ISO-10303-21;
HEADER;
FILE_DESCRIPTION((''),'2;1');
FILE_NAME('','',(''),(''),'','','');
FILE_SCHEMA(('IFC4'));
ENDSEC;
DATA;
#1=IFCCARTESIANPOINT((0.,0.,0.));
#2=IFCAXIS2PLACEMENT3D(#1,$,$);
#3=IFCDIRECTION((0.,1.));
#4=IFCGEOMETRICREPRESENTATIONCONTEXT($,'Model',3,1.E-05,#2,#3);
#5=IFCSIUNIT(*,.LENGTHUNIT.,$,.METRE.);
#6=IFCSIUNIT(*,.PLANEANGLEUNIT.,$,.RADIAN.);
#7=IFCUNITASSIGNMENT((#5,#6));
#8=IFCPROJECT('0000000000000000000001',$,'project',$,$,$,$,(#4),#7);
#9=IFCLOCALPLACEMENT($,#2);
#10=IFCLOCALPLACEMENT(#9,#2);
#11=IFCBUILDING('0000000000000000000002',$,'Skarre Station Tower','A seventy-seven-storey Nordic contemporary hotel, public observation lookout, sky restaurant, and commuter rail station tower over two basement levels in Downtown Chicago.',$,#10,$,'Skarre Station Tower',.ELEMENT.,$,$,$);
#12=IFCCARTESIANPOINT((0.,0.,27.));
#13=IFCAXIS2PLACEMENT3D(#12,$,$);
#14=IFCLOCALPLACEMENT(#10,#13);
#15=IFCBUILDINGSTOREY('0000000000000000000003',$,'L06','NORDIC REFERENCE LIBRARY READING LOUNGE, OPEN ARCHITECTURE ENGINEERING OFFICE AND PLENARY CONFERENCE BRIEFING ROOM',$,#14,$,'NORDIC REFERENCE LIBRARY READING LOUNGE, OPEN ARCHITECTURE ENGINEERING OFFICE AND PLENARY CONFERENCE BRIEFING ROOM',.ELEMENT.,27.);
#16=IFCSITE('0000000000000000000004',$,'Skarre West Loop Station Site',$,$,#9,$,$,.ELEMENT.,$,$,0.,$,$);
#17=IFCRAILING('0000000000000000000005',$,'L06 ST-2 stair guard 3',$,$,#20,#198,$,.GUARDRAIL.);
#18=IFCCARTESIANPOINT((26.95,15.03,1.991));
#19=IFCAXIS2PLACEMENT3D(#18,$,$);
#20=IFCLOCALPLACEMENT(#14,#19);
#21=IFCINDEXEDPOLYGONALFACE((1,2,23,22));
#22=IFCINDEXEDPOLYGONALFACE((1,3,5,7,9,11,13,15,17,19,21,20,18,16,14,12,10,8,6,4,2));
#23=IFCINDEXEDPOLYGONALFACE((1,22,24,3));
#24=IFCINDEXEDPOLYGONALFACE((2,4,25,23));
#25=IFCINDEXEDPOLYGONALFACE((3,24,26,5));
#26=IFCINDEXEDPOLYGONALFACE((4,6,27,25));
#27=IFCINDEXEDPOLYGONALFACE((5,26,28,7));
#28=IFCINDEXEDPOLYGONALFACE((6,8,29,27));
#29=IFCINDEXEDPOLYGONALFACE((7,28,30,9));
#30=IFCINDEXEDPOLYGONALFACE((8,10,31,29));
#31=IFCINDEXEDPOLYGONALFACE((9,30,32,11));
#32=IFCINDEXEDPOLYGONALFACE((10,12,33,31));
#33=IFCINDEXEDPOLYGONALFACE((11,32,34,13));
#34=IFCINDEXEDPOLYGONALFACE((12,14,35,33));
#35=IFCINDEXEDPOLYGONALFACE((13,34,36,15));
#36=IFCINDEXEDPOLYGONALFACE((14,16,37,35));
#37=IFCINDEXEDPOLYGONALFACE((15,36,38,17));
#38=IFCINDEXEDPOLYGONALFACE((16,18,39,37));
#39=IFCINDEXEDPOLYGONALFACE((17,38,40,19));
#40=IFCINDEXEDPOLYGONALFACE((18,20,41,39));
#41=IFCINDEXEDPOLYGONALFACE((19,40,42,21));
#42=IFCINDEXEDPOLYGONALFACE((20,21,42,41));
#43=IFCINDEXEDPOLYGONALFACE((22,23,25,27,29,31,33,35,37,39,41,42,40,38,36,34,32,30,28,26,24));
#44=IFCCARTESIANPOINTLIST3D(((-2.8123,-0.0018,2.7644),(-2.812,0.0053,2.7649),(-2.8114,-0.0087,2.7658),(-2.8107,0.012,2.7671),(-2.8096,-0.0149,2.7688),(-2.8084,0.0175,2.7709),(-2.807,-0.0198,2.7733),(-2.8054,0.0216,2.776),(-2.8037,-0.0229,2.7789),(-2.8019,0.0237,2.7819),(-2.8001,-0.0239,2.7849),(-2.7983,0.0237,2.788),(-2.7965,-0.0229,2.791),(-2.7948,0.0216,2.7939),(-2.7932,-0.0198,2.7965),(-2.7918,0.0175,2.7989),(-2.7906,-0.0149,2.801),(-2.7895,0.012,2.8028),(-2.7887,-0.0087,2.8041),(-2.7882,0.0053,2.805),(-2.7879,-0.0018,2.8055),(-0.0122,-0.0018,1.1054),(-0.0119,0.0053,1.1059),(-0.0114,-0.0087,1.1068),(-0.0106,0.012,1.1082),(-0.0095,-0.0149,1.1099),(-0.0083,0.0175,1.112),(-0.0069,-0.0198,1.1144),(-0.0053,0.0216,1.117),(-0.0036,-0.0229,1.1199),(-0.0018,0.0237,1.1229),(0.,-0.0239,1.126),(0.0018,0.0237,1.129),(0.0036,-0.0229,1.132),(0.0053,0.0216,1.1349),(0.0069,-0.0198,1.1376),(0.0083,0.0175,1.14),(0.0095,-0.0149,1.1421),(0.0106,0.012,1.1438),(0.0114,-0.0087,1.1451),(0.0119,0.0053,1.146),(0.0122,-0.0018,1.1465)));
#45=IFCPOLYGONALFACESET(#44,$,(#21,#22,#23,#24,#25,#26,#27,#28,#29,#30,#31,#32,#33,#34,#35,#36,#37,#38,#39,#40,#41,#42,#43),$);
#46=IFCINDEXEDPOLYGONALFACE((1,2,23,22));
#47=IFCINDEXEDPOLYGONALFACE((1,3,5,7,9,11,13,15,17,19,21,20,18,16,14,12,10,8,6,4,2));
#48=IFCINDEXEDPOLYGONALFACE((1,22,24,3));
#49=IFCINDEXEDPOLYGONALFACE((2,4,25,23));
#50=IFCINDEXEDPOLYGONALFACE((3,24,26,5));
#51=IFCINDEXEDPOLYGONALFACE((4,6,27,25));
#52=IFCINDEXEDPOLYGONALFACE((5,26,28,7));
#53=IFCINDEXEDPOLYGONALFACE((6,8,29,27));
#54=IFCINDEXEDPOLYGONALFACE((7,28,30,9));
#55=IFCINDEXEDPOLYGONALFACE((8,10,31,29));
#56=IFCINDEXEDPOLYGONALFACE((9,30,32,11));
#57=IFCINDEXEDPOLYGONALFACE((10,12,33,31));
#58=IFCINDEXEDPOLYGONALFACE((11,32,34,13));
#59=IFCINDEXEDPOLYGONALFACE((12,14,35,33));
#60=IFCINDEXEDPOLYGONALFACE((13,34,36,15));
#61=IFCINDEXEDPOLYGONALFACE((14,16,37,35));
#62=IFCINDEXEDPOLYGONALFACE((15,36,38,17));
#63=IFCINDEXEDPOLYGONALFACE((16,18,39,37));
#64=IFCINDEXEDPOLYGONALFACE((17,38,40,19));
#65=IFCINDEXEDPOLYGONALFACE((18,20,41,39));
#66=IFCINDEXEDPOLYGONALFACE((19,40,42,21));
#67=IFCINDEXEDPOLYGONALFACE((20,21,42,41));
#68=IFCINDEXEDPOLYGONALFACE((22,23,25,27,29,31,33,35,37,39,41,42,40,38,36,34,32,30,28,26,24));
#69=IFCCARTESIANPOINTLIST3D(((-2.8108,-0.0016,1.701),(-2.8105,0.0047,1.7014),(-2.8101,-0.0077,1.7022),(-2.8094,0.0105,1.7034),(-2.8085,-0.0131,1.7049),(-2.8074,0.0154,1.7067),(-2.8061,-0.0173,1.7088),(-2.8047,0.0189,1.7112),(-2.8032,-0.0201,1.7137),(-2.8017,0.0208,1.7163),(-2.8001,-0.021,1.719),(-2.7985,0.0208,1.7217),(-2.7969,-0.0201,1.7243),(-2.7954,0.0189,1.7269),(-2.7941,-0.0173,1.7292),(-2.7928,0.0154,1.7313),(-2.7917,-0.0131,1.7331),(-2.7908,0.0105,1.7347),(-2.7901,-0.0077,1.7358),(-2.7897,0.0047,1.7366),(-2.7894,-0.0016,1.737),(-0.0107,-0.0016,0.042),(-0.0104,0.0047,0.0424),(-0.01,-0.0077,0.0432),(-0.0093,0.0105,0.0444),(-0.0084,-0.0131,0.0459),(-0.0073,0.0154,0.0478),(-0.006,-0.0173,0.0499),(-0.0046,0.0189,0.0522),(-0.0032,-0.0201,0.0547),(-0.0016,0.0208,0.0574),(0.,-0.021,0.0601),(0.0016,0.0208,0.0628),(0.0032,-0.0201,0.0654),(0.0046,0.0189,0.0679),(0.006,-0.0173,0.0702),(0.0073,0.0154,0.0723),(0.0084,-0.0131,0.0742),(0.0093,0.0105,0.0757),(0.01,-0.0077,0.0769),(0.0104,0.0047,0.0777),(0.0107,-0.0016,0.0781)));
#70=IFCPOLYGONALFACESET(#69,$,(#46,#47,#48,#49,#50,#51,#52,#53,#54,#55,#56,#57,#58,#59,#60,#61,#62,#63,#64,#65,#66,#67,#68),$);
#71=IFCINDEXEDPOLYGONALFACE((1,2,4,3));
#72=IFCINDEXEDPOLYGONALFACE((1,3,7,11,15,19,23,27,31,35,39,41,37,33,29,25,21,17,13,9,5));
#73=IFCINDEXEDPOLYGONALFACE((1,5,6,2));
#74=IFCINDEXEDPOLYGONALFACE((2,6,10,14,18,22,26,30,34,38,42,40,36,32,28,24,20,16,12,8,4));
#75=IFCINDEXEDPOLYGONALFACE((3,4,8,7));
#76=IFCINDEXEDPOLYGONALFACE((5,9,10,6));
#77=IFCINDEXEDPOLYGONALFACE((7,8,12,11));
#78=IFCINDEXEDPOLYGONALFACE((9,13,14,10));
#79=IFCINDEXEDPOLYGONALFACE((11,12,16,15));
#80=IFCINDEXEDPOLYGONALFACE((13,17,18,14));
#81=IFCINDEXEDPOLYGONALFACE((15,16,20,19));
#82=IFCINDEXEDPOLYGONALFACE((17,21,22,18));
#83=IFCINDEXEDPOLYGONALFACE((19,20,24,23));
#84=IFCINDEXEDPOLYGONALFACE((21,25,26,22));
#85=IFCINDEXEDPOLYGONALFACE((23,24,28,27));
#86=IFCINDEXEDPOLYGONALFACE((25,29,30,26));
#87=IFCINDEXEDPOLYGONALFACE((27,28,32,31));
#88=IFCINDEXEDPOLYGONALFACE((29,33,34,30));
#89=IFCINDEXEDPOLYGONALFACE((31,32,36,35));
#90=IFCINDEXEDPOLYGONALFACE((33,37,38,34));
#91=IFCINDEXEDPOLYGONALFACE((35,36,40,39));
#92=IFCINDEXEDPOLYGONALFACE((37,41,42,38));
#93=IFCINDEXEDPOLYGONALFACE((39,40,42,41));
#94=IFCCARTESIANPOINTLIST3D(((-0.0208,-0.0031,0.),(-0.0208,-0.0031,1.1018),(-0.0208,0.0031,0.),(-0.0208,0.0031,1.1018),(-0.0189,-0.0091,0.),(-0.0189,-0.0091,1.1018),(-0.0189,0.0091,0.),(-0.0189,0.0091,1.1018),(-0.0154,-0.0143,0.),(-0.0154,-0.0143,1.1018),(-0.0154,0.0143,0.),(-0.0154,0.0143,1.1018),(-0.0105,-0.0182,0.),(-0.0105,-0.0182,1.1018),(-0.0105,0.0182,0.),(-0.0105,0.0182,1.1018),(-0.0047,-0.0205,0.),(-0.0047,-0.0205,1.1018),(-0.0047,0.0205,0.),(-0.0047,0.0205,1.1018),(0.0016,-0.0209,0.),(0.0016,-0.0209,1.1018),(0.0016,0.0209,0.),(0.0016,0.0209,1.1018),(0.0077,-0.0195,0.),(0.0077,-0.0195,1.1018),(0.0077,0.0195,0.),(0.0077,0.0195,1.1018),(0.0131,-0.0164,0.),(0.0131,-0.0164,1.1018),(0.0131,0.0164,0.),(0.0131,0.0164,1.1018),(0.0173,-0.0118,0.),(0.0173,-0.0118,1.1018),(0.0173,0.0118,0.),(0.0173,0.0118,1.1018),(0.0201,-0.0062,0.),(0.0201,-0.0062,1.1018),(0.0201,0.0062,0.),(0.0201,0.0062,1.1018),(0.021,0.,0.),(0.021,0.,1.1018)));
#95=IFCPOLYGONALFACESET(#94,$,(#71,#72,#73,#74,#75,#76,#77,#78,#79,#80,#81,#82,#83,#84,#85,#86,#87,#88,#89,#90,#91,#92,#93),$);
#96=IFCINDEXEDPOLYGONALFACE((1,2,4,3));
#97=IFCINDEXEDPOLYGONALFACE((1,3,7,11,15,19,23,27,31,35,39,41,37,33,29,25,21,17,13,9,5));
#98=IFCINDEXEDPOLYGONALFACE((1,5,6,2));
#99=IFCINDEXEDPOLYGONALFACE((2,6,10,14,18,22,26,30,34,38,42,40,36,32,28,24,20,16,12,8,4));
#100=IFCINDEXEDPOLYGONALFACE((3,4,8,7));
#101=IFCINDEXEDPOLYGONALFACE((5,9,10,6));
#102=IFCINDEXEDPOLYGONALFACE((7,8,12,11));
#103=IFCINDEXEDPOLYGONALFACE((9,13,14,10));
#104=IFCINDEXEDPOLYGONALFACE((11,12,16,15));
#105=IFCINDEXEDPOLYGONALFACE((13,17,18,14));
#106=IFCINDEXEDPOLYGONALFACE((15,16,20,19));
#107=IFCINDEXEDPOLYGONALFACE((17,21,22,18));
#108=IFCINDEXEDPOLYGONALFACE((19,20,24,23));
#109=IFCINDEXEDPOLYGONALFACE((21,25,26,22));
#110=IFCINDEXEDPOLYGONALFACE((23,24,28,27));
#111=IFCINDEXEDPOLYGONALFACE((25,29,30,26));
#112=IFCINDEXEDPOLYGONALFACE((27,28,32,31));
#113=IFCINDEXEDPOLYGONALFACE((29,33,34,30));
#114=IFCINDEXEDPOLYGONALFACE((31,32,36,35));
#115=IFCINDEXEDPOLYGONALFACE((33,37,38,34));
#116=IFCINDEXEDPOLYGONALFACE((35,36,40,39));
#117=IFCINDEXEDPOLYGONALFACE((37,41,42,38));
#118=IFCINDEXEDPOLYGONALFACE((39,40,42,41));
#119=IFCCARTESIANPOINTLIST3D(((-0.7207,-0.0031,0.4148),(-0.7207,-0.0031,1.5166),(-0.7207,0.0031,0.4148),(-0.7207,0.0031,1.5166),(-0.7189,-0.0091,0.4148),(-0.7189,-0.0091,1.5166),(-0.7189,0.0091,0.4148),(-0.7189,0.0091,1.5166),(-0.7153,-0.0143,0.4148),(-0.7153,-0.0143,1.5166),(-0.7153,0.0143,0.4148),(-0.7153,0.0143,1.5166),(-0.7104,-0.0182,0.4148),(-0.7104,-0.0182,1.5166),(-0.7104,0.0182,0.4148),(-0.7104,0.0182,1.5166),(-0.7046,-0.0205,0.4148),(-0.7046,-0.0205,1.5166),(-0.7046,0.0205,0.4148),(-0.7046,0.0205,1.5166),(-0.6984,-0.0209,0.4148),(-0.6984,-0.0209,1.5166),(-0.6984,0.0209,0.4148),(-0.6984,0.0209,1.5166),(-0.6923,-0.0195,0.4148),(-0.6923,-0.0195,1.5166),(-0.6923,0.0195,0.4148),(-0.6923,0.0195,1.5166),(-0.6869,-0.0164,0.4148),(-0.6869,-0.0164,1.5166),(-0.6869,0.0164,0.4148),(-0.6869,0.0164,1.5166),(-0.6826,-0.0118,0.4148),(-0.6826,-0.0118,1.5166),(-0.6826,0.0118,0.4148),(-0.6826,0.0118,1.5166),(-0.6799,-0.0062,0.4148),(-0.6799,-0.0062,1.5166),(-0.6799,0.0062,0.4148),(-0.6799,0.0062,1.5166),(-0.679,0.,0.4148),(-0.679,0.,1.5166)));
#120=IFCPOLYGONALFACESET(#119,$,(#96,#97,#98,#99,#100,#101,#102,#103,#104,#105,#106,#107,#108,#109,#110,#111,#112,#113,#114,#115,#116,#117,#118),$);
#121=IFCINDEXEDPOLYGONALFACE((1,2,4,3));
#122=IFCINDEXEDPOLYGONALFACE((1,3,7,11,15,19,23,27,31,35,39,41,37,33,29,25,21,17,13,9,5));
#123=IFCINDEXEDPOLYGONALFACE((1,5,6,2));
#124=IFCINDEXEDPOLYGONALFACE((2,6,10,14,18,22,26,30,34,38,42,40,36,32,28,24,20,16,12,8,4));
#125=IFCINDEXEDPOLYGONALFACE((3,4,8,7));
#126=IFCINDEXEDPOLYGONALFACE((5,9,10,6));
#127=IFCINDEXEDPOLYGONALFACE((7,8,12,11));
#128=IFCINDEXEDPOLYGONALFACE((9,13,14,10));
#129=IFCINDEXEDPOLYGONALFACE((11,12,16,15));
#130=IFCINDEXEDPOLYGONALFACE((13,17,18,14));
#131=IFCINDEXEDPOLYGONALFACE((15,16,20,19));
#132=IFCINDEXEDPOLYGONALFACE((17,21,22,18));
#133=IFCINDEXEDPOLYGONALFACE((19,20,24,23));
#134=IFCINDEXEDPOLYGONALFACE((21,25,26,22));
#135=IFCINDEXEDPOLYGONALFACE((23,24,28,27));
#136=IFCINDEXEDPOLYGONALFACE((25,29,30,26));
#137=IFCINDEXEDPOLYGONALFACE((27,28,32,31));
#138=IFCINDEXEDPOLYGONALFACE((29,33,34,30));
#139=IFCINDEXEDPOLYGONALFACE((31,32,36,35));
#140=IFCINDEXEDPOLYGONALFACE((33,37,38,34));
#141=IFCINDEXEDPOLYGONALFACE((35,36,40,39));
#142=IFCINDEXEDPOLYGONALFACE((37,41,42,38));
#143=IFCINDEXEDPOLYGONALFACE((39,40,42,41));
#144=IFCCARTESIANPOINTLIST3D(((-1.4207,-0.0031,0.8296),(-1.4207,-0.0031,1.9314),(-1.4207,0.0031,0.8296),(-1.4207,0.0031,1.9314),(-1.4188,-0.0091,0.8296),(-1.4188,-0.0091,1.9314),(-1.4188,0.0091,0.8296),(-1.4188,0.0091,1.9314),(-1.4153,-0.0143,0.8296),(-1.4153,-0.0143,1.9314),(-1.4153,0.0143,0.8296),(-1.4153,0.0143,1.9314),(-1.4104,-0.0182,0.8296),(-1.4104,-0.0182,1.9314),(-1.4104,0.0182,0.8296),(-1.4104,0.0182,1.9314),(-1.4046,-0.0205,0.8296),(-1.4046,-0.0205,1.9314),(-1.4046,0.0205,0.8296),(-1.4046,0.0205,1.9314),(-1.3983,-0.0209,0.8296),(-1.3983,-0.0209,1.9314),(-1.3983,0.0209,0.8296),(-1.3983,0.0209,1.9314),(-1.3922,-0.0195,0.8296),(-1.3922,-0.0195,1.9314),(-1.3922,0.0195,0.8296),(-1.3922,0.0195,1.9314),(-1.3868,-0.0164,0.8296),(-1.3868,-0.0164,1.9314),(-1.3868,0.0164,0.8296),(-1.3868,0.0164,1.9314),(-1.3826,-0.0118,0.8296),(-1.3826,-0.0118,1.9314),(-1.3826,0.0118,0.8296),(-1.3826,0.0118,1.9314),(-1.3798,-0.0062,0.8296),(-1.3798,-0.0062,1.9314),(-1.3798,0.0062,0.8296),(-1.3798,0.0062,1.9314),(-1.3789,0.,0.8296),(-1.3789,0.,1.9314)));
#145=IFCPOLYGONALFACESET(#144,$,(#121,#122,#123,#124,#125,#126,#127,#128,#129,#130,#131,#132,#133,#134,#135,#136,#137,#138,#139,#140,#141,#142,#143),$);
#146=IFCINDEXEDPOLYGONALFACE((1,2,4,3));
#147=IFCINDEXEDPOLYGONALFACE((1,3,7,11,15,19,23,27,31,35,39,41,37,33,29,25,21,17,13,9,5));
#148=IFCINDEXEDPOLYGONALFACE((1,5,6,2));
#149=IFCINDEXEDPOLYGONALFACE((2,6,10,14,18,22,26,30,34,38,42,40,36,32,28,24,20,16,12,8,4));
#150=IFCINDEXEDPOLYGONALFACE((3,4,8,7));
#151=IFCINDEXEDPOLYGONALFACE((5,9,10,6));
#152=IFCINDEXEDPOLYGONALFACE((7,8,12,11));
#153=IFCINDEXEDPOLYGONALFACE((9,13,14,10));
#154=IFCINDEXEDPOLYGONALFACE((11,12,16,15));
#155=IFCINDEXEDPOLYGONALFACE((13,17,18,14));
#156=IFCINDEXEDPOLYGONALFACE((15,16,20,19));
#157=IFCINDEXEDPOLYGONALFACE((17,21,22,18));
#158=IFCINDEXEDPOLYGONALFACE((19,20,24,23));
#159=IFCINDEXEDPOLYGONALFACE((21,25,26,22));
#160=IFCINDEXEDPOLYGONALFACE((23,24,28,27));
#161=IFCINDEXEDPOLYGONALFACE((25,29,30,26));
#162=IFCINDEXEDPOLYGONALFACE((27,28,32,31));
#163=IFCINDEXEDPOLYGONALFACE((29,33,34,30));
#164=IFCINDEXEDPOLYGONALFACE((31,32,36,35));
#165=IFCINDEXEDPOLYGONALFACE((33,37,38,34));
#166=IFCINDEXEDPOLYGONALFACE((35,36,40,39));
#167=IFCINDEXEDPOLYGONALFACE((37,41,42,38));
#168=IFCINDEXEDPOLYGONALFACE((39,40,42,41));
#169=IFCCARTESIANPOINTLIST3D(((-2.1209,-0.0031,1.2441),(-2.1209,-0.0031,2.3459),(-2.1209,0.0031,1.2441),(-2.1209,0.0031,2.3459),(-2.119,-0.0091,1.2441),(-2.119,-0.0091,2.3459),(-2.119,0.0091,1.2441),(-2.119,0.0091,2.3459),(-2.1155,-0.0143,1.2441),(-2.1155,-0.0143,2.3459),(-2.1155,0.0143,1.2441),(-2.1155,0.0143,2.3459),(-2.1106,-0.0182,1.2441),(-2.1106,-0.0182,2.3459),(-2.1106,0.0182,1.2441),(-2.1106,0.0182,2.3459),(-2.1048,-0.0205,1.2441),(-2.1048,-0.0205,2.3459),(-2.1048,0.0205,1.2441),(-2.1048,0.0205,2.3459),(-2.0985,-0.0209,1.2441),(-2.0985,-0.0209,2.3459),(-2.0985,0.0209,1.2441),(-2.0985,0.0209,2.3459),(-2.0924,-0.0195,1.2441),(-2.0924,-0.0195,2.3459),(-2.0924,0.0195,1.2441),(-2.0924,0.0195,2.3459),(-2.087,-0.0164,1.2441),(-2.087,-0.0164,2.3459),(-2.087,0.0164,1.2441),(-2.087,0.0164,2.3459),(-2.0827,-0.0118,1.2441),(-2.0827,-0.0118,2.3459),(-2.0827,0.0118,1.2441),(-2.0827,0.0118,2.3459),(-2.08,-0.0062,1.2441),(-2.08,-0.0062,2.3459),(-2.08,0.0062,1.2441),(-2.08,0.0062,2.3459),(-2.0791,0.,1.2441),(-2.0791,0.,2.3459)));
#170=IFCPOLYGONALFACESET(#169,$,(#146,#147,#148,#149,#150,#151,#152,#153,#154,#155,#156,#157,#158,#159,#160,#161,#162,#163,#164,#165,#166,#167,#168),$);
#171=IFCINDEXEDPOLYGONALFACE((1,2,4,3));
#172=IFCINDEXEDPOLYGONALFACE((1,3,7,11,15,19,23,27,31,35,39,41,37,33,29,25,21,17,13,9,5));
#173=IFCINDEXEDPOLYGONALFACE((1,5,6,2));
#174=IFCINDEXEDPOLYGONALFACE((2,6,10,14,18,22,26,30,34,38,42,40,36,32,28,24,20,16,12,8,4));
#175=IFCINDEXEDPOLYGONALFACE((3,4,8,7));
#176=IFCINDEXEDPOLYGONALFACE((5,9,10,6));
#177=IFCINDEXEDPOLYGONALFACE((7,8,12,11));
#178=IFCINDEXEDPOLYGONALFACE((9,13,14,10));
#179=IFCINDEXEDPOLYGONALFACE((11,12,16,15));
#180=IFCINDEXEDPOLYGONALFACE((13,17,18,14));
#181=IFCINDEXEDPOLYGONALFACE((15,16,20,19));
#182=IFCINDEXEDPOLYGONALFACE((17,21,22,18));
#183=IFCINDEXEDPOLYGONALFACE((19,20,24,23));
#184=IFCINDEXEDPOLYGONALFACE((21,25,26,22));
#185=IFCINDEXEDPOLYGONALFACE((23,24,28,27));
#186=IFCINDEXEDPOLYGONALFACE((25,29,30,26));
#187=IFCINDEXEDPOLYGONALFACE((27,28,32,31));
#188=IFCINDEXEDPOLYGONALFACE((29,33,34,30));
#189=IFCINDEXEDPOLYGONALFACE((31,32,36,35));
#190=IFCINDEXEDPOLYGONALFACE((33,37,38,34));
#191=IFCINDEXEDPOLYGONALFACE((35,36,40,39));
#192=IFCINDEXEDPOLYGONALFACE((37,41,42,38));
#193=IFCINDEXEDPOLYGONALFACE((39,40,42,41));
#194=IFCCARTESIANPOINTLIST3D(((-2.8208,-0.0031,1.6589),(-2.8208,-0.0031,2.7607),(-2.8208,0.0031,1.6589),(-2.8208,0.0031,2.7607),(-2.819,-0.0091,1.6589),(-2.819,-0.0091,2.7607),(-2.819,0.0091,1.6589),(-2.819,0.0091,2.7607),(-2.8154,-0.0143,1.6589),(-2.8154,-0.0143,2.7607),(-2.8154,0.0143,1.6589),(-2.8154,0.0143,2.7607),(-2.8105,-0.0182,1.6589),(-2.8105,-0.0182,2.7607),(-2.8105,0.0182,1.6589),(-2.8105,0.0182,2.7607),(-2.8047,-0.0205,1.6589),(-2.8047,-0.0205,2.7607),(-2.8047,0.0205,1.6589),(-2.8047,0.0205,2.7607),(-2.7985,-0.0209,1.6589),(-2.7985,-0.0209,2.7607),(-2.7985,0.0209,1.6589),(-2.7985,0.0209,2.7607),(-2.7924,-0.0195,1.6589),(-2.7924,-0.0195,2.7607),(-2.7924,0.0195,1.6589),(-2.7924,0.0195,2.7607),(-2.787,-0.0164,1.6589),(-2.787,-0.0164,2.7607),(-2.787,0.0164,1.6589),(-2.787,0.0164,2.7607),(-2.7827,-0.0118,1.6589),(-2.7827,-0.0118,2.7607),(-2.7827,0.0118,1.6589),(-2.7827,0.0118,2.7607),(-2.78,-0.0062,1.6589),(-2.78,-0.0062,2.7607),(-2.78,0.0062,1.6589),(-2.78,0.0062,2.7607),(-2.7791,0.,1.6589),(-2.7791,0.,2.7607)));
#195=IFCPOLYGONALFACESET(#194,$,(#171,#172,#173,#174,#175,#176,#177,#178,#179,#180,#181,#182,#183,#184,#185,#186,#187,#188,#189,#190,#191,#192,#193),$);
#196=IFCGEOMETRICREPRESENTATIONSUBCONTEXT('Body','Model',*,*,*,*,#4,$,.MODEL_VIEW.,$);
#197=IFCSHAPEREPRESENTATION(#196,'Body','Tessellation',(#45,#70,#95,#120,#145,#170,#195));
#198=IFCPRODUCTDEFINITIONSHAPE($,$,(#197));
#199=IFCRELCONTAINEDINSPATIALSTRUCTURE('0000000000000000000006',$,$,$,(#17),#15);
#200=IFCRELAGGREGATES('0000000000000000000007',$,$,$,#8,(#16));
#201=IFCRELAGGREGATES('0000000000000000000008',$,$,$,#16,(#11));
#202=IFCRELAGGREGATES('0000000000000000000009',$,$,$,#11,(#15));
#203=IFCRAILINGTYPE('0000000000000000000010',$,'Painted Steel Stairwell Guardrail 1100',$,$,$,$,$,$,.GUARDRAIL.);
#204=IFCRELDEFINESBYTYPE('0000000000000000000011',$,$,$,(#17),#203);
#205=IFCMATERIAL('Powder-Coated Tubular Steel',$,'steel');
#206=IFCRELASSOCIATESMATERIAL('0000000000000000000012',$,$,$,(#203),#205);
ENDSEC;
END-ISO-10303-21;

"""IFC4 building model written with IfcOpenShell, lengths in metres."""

from ifc_helpers import new_model, si_unit, direction, frame, origin, origin_2d, place, context, subcontext, project, spatial, circle, extrude, material, type_object, element, save


model = new_model("IFC4")

# Units and contexts
model_context = context("Model", 3, precision=1e-05, world=origin(), true_north=direction((0.0, 1.0)))
body_context = subcontext(model_context, "Body", "Model", "MODEL_VIEW")
ifc_project = project(units=[si_unit("LENGTHUNIT", "METRE"), si_unit("PLANEANGLEUNIT", "RADIAN")], contexts=[model_context])

# Site, building, storey
site_placement = place(None, origin())
site = spatial("IfcSite", under=ifc_project, at=site_placement, Name="Skarre West Loop Station Site", CompositionType="ELEMENT", RefElevation=0.0)
building_placement = place(site_placement, origin())
building = spatial("IfcBuilding", under=site, at=building_placement, Name="Skarre Station Tower", Description="A seventy-seven-storey Nordic contemporary hotel, public observation lookout, sky restaurant, and commuter rail station tower over two basement levels in Downtown Chicago.", LongName="Skarre Station Tower", CompositionType="ELEMENT")
storey_placement = place(building_placement, frame((0.0, 0.0, 27.0)))
storey = spatial("IfcBuildingStorey", under=building, at=storey_placement, Name="L06", Description="NORDIC REFERENCE LIBRARY READING LOUNGE, OPEN ARCHITECTURE ENGINEERING OFFICE AND PLENARY CONFERENCE BRIEFING ROOM", LongName="NORDIC REFERENCE LIBRARY READING LOUNGE, OPEN ARCHITECTURE ENGINEERING OFFICE AND PLENARY CONFERENCE BRIEFING ROOM", CompositionType="ELEMENT", Elevation=27.0)

# Railing
ifc_material_1 = material(Name="Powder-Coated Tubular Steel", Category="steel")
railing_type_1 = type_object("IfcRailingType", Name="Painted Steel Stairwell Guardrail 1100", PredefinedType="GUARDRAIL", material=ifc_material_1)
railing_1_placement = place(storey_placement, frame((26.95, 15.03, 1.991)))
element("IfcRailing", 1, at=railing_1_placement, inside=storey, type_object=railing_type_1, Name="L06 ST-2 stair guard 3", PredefinedType="GUARDRAIL", context=body_context, shape_type="SweptSolid", body=[
    extrude(circle(Radius=0.0239, at=origin_2d()), frame((0.0, 0.0, 1.126), z_axis=(-0.860339, 0.0, 0.509722), x_axis=(0.0, -1.0, 0.0)), (0.0, 0.0, 1.0), 3.2546),
    extrude(circle(Radius=0.021, at=origin_2d()), frame((0.0, 0.0, 0.0601), z_axis=(-0.860339, 0.0, 0.509722), x_axis=(0.0, -1.0, 0.0)), (0.0, 0.0, 1.0), 3.2546),
    extrude(circle(Radius=0.021, at=origin_2d()), origin(), (0.0, 0.0, 1.0), 1.1018),
    extrude(circle(Radius=0.021, at=origin_2d()), frame((-0.7, 0.0, 0.4148)), (0.0, 0.0, 1.0), 1.1018),
    extrude(circle(Radius=0.021, at=origin_2d()), frame((-1.3999, 0.0, 0.8296)), (0.0, 0.0, 1.0), 1.1018),
    extrude(circle(Radius=0.021, at=origin_2d()), frame((-2.1001, 0.0, 1.2441)), (0.0, 0.0, 1.0), 1.1018),
    extrude(circle(Radius=0.021, at=origin_2d()), frame((-2.8, 0.0, 1.6589)), (0.0, 0.0, 1.0), 1.1018),
])

save(model, "model.ifc")
